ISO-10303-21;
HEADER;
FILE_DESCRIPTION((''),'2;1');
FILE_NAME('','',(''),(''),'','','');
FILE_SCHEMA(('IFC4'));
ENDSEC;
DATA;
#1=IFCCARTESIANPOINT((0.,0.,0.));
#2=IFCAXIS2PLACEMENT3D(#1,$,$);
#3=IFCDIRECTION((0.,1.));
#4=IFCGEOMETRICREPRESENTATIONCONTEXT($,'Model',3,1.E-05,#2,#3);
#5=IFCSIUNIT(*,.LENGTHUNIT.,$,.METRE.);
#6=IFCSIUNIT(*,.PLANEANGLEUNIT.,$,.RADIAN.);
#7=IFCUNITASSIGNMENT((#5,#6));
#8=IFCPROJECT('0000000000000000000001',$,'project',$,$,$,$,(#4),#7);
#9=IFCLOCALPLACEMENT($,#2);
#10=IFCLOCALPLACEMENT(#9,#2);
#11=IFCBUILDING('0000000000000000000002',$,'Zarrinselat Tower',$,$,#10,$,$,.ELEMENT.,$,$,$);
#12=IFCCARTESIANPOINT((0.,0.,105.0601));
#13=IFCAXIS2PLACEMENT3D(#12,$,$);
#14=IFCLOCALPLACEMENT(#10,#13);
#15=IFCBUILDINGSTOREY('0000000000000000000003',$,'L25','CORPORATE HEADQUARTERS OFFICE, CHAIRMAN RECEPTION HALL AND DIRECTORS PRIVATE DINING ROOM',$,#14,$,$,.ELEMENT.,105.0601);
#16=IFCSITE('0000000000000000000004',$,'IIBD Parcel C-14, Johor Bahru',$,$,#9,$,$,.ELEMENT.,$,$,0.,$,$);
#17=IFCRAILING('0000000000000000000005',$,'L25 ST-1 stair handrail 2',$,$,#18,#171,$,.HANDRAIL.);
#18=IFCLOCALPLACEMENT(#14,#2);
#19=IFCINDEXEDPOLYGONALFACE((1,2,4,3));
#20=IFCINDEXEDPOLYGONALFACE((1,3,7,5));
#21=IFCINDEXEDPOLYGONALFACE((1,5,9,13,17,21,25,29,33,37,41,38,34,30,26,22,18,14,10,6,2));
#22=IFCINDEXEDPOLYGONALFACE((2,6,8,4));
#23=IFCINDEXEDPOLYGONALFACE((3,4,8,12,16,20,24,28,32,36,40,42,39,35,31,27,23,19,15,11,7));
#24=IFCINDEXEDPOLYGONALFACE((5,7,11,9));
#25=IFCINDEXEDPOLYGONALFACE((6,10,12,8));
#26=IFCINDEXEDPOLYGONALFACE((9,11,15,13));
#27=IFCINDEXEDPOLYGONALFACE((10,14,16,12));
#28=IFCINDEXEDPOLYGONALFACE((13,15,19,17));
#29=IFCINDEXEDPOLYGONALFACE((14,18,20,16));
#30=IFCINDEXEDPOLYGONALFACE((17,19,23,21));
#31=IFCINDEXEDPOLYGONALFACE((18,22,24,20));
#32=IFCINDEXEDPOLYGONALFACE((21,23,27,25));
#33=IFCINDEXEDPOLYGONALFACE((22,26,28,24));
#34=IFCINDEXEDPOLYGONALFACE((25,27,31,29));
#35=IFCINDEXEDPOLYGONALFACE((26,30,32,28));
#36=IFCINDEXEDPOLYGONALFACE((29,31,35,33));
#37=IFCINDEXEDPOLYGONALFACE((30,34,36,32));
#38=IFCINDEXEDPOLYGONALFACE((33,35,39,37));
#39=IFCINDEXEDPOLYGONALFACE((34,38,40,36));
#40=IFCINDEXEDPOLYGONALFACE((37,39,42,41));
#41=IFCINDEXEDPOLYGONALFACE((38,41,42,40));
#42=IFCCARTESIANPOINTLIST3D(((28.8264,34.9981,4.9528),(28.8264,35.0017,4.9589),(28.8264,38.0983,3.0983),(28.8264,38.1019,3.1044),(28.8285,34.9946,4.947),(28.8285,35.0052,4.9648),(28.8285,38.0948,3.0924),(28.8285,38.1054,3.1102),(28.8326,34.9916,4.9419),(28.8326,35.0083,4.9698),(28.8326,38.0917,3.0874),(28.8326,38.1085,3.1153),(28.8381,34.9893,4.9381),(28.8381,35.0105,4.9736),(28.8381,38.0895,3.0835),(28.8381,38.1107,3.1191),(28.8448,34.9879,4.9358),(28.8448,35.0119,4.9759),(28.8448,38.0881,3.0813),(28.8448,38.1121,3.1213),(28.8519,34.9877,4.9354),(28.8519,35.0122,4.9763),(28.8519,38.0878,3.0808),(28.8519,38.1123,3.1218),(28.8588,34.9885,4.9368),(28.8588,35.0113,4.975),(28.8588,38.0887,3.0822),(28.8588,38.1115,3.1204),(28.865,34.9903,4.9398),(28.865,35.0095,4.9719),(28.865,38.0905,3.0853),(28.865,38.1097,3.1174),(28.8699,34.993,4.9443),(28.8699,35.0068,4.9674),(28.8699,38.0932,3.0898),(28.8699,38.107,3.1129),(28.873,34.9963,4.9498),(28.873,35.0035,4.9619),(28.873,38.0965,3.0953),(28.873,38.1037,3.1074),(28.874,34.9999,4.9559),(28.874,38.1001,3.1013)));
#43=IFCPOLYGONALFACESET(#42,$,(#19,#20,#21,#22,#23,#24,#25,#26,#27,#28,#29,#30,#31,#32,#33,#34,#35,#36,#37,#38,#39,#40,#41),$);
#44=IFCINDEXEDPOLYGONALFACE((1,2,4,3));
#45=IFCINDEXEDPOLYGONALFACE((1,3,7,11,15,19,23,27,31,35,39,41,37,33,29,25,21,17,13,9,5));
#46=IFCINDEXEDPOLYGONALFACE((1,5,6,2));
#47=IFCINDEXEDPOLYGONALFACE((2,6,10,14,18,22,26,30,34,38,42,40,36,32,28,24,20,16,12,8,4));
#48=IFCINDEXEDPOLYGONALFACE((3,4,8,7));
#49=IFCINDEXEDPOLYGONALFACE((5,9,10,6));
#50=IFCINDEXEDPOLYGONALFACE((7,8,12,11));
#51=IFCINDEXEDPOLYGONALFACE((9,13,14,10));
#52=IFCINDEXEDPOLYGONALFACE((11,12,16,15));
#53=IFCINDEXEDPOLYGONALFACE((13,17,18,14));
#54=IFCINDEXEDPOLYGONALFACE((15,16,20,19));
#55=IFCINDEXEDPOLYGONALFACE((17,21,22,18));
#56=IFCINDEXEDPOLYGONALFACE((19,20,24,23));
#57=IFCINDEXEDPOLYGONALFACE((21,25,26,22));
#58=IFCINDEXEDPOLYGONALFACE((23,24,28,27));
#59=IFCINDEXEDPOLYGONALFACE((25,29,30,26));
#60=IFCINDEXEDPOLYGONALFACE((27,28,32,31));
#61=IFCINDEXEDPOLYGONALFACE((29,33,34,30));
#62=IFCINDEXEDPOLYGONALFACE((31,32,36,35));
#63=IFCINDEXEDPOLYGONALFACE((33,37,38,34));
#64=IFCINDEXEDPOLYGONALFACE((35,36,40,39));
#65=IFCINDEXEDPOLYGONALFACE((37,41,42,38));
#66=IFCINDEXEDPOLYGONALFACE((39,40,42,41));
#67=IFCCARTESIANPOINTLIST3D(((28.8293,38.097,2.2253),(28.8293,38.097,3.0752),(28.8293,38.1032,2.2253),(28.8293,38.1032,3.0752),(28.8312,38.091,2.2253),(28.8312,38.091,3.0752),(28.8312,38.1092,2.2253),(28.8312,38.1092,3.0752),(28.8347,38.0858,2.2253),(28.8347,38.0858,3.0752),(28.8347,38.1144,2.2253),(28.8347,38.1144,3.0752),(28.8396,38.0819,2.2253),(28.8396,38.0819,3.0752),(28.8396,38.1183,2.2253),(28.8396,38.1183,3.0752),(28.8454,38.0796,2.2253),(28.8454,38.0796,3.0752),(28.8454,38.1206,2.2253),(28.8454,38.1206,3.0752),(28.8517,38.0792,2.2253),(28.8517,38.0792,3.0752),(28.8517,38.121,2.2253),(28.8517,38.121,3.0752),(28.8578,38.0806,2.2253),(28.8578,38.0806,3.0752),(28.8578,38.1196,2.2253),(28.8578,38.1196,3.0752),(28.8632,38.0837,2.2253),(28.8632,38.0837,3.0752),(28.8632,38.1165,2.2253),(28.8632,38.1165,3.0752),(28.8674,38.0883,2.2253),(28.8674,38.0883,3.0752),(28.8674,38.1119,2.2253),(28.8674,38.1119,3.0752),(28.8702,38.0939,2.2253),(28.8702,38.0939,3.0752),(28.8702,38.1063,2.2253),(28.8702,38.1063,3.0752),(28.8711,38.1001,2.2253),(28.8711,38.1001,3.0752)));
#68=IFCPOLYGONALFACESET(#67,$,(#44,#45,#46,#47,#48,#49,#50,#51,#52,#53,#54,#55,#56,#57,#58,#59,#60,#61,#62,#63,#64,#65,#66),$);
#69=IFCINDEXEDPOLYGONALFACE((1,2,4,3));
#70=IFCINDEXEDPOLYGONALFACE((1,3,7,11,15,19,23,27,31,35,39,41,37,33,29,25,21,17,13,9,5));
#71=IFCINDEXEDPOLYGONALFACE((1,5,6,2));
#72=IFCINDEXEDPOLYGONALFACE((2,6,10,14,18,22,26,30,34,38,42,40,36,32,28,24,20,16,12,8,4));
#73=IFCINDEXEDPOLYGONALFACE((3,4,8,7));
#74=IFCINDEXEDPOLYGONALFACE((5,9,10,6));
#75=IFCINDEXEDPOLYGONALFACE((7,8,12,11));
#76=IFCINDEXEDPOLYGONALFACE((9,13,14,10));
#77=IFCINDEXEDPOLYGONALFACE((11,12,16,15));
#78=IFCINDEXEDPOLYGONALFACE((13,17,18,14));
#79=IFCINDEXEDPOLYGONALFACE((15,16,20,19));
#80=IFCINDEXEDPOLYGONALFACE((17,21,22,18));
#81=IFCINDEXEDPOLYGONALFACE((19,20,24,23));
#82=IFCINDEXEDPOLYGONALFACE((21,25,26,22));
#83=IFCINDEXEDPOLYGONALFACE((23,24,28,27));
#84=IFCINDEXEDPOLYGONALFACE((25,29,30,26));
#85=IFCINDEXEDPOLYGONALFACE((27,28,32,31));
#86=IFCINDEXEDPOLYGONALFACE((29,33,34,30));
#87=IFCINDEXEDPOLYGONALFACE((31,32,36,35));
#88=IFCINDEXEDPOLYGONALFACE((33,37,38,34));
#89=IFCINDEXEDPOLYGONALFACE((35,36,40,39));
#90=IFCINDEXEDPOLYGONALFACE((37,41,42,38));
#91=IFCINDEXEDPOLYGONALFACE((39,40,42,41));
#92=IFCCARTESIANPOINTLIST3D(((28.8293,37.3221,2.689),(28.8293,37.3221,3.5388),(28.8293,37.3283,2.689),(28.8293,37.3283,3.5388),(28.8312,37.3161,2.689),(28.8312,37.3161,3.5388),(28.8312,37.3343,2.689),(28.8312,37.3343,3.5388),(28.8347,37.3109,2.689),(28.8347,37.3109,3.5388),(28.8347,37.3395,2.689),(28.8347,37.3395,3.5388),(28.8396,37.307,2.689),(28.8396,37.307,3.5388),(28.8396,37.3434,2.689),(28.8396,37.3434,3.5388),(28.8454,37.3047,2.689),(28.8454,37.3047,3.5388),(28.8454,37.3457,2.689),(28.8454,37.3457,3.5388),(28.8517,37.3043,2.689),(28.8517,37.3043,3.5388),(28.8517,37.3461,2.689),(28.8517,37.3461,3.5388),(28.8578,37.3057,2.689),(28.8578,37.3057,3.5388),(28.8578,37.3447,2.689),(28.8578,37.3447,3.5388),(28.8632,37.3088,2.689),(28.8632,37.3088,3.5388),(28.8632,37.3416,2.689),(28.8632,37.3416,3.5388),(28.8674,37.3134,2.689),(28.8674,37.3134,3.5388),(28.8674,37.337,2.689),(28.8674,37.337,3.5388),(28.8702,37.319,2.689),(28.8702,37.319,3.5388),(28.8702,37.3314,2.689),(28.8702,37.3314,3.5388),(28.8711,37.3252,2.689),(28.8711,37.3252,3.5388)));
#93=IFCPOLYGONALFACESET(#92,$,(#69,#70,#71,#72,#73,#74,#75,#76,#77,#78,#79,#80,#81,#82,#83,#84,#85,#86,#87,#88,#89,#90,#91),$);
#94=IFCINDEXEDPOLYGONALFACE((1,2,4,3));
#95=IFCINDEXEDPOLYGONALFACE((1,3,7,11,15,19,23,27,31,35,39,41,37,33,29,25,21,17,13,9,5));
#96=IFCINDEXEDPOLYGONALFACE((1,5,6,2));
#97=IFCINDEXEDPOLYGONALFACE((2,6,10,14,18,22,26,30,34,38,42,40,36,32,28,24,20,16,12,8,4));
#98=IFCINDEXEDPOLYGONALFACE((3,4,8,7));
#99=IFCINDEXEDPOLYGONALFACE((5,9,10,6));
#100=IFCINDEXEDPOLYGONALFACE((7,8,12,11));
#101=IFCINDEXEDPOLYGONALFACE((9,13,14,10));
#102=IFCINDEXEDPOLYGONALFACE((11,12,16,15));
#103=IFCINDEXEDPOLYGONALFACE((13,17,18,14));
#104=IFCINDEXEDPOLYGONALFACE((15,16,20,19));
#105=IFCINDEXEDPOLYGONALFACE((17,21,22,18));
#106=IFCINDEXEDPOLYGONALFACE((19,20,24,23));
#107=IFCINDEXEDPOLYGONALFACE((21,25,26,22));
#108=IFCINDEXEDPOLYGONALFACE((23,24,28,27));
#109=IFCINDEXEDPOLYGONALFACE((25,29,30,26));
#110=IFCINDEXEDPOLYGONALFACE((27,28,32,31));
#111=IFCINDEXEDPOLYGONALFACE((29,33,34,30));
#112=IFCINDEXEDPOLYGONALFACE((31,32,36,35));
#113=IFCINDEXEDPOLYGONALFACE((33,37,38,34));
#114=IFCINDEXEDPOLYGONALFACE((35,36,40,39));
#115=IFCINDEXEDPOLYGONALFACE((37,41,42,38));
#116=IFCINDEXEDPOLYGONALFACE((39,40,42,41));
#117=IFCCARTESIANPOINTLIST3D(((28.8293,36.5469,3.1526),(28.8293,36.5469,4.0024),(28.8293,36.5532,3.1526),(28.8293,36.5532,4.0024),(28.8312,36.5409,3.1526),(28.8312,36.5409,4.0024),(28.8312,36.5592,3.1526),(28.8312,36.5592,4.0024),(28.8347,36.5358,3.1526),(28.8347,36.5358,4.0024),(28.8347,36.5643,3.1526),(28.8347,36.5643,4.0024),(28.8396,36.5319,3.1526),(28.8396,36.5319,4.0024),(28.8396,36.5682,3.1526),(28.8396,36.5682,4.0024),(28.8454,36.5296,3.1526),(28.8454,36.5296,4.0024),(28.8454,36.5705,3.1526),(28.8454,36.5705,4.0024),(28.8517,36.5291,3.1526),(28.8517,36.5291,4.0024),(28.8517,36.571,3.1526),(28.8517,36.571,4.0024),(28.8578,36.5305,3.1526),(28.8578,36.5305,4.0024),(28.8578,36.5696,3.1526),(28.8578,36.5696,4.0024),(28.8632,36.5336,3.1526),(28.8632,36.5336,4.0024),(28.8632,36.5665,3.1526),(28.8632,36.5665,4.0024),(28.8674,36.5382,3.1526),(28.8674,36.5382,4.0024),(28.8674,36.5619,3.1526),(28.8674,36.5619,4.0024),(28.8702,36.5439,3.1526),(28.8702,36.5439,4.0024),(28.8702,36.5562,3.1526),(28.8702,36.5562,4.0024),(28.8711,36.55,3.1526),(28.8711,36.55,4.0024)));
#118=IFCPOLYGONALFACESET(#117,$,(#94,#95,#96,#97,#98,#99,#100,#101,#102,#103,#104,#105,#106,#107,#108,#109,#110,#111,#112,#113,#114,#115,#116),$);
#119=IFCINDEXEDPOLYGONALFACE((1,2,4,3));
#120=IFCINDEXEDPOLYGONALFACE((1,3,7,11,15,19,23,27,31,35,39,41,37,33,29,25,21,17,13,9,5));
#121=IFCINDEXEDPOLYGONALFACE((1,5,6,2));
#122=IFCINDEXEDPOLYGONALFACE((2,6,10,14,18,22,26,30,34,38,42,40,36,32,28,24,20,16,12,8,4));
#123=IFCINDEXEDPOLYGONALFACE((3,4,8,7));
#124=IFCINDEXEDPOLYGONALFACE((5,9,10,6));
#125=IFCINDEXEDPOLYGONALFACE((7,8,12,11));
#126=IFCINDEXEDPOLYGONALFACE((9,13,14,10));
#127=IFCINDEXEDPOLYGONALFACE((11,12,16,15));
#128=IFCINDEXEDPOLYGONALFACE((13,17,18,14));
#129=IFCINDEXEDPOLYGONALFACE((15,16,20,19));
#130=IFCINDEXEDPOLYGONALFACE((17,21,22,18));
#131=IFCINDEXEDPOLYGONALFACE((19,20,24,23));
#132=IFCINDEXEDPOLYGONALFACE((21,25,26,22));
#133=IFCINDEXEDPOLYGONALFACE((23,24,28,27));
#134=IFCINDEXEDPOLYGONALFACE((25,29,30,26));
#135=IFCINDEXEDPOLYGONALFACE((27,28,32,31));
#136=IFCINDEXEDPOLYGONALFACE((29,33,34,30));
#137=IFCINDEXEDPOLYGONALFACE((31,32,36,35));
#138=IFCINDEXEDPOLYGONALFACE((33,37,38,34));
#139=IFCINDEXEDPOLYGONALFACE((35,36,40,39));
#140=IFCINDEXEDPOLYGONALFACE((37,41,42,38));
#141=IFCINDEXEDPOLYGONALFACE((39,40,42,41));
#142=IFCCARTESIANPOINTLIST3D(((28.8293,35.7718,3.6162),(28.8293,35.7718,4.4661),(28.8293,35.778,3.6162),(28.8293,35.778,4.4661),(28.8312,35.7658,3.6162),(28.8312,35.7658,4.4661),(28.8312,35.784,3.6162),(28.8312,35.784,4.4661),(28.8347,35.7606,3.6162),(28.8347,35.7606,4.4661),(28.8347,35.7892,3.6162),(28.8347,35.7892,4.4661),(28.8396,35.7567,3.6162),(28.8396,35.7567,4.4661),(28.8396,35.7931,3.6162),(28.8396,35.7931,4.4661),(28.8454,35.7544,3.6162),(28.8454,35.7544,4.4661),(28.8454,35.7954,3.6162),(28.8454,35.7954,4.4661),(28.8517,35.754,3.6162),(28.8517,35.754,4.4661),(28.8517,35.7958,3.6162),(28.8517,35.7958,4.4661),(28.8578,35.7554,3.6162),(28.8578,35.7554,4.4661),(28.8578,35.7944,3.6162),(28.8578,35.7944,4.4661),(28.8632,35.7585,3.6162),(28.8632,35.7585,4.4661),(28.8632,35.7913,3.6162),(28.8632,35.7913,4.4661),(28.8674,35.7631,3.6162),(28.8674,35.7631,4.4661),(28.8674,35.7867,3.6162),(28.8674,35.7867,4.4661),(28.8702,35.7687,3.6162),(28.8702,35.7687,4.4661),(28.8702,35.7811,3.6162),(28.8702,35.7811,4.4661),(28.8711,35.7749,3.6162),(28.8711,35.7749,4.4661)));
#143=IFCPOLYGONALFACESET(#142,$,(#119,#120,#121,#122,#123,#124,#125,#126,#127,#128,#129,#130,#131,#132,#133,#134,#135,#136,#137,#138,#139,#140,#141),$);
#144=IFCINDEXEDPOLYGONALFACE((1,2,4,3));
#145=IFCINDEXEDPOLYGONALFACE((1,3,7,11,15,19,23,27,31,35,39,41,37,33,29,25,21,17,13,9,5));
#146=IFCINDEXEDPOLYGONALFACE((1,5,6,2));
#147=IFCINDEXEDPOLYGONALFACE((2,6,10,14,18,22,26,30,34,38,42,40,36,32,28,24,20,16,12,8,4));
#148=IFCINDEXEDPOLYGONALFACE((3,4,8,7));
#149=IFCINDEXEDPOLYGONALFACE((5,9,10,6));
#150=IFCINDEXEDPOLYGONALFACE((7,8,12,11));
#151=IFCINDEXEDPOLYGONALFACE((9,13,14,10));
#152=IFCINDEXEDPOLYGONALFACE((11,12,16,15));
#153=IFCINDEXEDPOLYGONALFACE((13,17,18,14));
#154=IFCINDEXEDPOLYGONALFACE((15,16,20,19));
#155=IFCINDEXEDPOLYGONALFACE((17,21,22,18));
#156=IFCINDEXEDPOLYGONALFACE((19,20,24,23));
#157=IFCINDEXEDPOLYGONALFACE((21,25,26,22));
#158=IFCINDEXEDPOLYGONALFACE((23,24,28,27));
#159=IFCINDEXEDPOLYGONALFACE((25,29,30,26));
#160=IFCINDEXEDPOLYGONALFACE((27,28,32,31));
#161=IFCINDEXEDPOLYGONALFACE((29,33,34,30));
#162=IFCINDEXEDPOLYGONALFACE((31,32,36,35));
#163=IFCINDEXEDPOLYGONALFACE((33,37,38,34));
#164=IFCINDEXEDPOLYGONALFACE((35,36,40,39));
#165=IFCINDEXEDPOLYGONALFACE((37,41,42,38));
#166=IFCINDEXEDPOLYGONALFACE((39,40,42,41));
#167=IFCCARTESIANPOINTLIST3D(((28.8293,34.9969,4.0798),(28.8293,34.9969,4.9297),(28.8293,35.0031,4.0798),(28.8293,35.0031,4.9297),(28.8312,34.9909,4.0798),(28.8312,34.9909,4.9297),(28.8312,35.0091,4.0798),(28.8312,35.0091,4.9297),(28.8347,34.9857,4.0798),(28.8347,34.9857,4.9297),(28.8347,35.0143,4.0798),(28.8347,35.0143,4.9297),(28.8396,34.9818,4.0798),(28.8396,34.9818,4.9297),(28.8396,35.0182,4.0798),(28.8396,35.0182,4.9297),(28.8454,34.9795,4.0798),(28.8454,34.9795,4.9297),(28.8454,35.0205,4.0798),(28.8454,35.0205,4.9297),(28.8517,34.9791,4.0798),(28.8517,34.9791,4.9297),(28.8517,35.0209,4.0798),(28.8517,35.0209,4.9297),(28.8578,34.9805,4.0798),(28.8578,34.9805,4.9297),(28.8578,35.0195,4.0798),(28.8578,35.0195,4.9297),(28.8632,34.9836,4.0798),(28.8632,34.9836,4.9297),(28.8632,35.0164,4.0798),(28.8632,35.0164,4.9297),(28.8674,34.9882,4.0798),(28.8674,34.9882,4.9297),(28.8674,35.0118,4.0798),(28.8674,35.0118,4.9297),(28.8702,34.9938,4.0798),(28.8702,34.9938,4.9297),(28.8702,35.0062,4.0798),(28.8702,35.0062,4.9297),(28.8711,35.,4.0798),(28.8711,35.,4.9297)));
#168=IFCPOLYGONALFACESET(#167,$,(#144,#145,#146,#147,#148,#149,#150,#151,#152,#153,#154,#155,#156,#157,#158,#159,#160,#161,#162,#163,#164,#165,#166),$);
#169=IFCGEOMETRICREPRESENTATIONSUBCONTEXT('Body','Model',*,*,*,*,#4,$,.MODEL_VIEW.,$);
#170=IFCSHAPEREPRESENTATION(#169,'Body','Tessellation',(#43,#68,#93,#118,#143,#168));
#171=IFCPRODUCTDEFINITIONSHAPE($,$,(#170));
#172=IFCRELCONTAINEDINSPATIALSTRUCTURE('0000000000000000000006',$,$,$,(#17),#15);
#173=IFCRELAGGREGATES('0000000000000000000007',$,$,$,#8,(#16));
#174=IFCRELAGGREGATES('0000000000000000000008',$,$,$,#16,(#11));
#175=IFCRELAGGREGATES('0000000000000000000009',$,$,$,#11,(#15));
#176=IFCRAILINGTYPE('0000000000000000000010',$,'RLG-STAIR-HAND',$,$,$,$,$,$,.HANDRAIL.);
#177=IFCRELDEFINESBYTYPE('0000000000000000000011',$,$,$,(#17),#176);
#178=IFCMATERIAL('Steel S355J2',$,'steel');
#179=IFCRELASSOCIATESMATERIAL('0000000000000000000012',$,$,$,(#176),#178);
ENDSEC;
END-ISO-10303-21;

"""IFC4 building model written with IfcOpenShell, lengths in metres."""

from ifc_helpers import new_model, si_unit, direction, frame, origin, origin_2d, place, context, subcontext, project, spatial, circle, extrude, material, type_object, element, save


model = new_model("IFC4")

# Units and contexts
model_context = context("Model", 3, precision=1e-05, world=origin(), true_north=direction((0.0, 1.0)))
body_context = subcontext(model_context, "Body", "Model", "MODEL_VIEW")
ifc_project = project(units=[si_unit("LENGTHUNIT", "METRE"), si_unit("PLANEANGLEUNIT", "RADIAN")], contexts=[model_context])

# Site, building, storey
site_placement = place(None, origin())
site = spatial("IfcSite", under=ifc_project, at=site_placement, Name="IIBD Parcel C-14, Johor Bahru", CompositionType="ELEMENT", RefElevation=0.0)
building_placement = place(site_placement, origin())
building = spatial("IfcBuilding", under=site, at=building_placement, Name="Zarrinselat Tower", CompositionType="ELEMENT")
storey_placement = place(building_placement, frame((0.0, 0.0, 105.0601)))
storey = spatial("IfcBuildingStorey", under=building, at=storey_placement, Name="L25", Description="CORPORATE HEADQUARTERS OFFICE, CHAIRMAN RECEPTION HALL AND DIRECTORS PRIVATE DINING ROOM", CompositionType="ELEMENT", Elevation=105.0601)

# Railing
ifc_material_1 = material(Name="Steel S355J2", Category="steel")
railing_type_1 = type_object("IfcRailingType", Name="RLG-STAIR-HAND", PredefinedType="HANDRAIL", material=ifc_material_1)
railing_1_placement = place(storey_placement, frame((28.8501, 38.1001, 2.2253)))
element("IfcRailing", 1, at=railing_1_placement, inside=storey, type_object=railing_type_1, Name="L25 ST-1 stair handrail 2", PredefinedType="HANDRAIL", context=body_context, shape_type="SweptSolid", body=[
    extrude(circle(Radius=0.0239, at=origin_2d()), frame((0.0, 0.0, 0.876), z_axis=(0.0, -0.858172, 0.513362), x_axis=(1.0, 0.0, 0.0)), (0.0, 0.0, 1.0), 3.6125),
    extrude(circle(Radius=0.021, at=origin_2d()), origin(), (0.0, 0.0, 1.0), 0.8499),
    extrude(circle(Radius=0.021, at=origin_2d()), frame((0.0, -0.7749, 0.4636)), (0.0, 0.0, 1.0), 0.8499),
    extrude(circle(Radius=0.021, at=origin_2d()), frame((0.0, -1.55, 0.9272)), (0.0, 0.0, 1.0), 0.8499),
    extrude(circle(Radius=0.021, at=origin_2d()), frame((0.0, -2.3252, 1.3909)), (0.0, 0.0, 1.0), 0.8499),
    extrude(circle(Radius=0.021, at=origin_2d()), frame((0.0, -3.1001, 1.8545)), (0.0, 0.0, 1.0), 0.8499),
])

save(model, "model.ifc")
